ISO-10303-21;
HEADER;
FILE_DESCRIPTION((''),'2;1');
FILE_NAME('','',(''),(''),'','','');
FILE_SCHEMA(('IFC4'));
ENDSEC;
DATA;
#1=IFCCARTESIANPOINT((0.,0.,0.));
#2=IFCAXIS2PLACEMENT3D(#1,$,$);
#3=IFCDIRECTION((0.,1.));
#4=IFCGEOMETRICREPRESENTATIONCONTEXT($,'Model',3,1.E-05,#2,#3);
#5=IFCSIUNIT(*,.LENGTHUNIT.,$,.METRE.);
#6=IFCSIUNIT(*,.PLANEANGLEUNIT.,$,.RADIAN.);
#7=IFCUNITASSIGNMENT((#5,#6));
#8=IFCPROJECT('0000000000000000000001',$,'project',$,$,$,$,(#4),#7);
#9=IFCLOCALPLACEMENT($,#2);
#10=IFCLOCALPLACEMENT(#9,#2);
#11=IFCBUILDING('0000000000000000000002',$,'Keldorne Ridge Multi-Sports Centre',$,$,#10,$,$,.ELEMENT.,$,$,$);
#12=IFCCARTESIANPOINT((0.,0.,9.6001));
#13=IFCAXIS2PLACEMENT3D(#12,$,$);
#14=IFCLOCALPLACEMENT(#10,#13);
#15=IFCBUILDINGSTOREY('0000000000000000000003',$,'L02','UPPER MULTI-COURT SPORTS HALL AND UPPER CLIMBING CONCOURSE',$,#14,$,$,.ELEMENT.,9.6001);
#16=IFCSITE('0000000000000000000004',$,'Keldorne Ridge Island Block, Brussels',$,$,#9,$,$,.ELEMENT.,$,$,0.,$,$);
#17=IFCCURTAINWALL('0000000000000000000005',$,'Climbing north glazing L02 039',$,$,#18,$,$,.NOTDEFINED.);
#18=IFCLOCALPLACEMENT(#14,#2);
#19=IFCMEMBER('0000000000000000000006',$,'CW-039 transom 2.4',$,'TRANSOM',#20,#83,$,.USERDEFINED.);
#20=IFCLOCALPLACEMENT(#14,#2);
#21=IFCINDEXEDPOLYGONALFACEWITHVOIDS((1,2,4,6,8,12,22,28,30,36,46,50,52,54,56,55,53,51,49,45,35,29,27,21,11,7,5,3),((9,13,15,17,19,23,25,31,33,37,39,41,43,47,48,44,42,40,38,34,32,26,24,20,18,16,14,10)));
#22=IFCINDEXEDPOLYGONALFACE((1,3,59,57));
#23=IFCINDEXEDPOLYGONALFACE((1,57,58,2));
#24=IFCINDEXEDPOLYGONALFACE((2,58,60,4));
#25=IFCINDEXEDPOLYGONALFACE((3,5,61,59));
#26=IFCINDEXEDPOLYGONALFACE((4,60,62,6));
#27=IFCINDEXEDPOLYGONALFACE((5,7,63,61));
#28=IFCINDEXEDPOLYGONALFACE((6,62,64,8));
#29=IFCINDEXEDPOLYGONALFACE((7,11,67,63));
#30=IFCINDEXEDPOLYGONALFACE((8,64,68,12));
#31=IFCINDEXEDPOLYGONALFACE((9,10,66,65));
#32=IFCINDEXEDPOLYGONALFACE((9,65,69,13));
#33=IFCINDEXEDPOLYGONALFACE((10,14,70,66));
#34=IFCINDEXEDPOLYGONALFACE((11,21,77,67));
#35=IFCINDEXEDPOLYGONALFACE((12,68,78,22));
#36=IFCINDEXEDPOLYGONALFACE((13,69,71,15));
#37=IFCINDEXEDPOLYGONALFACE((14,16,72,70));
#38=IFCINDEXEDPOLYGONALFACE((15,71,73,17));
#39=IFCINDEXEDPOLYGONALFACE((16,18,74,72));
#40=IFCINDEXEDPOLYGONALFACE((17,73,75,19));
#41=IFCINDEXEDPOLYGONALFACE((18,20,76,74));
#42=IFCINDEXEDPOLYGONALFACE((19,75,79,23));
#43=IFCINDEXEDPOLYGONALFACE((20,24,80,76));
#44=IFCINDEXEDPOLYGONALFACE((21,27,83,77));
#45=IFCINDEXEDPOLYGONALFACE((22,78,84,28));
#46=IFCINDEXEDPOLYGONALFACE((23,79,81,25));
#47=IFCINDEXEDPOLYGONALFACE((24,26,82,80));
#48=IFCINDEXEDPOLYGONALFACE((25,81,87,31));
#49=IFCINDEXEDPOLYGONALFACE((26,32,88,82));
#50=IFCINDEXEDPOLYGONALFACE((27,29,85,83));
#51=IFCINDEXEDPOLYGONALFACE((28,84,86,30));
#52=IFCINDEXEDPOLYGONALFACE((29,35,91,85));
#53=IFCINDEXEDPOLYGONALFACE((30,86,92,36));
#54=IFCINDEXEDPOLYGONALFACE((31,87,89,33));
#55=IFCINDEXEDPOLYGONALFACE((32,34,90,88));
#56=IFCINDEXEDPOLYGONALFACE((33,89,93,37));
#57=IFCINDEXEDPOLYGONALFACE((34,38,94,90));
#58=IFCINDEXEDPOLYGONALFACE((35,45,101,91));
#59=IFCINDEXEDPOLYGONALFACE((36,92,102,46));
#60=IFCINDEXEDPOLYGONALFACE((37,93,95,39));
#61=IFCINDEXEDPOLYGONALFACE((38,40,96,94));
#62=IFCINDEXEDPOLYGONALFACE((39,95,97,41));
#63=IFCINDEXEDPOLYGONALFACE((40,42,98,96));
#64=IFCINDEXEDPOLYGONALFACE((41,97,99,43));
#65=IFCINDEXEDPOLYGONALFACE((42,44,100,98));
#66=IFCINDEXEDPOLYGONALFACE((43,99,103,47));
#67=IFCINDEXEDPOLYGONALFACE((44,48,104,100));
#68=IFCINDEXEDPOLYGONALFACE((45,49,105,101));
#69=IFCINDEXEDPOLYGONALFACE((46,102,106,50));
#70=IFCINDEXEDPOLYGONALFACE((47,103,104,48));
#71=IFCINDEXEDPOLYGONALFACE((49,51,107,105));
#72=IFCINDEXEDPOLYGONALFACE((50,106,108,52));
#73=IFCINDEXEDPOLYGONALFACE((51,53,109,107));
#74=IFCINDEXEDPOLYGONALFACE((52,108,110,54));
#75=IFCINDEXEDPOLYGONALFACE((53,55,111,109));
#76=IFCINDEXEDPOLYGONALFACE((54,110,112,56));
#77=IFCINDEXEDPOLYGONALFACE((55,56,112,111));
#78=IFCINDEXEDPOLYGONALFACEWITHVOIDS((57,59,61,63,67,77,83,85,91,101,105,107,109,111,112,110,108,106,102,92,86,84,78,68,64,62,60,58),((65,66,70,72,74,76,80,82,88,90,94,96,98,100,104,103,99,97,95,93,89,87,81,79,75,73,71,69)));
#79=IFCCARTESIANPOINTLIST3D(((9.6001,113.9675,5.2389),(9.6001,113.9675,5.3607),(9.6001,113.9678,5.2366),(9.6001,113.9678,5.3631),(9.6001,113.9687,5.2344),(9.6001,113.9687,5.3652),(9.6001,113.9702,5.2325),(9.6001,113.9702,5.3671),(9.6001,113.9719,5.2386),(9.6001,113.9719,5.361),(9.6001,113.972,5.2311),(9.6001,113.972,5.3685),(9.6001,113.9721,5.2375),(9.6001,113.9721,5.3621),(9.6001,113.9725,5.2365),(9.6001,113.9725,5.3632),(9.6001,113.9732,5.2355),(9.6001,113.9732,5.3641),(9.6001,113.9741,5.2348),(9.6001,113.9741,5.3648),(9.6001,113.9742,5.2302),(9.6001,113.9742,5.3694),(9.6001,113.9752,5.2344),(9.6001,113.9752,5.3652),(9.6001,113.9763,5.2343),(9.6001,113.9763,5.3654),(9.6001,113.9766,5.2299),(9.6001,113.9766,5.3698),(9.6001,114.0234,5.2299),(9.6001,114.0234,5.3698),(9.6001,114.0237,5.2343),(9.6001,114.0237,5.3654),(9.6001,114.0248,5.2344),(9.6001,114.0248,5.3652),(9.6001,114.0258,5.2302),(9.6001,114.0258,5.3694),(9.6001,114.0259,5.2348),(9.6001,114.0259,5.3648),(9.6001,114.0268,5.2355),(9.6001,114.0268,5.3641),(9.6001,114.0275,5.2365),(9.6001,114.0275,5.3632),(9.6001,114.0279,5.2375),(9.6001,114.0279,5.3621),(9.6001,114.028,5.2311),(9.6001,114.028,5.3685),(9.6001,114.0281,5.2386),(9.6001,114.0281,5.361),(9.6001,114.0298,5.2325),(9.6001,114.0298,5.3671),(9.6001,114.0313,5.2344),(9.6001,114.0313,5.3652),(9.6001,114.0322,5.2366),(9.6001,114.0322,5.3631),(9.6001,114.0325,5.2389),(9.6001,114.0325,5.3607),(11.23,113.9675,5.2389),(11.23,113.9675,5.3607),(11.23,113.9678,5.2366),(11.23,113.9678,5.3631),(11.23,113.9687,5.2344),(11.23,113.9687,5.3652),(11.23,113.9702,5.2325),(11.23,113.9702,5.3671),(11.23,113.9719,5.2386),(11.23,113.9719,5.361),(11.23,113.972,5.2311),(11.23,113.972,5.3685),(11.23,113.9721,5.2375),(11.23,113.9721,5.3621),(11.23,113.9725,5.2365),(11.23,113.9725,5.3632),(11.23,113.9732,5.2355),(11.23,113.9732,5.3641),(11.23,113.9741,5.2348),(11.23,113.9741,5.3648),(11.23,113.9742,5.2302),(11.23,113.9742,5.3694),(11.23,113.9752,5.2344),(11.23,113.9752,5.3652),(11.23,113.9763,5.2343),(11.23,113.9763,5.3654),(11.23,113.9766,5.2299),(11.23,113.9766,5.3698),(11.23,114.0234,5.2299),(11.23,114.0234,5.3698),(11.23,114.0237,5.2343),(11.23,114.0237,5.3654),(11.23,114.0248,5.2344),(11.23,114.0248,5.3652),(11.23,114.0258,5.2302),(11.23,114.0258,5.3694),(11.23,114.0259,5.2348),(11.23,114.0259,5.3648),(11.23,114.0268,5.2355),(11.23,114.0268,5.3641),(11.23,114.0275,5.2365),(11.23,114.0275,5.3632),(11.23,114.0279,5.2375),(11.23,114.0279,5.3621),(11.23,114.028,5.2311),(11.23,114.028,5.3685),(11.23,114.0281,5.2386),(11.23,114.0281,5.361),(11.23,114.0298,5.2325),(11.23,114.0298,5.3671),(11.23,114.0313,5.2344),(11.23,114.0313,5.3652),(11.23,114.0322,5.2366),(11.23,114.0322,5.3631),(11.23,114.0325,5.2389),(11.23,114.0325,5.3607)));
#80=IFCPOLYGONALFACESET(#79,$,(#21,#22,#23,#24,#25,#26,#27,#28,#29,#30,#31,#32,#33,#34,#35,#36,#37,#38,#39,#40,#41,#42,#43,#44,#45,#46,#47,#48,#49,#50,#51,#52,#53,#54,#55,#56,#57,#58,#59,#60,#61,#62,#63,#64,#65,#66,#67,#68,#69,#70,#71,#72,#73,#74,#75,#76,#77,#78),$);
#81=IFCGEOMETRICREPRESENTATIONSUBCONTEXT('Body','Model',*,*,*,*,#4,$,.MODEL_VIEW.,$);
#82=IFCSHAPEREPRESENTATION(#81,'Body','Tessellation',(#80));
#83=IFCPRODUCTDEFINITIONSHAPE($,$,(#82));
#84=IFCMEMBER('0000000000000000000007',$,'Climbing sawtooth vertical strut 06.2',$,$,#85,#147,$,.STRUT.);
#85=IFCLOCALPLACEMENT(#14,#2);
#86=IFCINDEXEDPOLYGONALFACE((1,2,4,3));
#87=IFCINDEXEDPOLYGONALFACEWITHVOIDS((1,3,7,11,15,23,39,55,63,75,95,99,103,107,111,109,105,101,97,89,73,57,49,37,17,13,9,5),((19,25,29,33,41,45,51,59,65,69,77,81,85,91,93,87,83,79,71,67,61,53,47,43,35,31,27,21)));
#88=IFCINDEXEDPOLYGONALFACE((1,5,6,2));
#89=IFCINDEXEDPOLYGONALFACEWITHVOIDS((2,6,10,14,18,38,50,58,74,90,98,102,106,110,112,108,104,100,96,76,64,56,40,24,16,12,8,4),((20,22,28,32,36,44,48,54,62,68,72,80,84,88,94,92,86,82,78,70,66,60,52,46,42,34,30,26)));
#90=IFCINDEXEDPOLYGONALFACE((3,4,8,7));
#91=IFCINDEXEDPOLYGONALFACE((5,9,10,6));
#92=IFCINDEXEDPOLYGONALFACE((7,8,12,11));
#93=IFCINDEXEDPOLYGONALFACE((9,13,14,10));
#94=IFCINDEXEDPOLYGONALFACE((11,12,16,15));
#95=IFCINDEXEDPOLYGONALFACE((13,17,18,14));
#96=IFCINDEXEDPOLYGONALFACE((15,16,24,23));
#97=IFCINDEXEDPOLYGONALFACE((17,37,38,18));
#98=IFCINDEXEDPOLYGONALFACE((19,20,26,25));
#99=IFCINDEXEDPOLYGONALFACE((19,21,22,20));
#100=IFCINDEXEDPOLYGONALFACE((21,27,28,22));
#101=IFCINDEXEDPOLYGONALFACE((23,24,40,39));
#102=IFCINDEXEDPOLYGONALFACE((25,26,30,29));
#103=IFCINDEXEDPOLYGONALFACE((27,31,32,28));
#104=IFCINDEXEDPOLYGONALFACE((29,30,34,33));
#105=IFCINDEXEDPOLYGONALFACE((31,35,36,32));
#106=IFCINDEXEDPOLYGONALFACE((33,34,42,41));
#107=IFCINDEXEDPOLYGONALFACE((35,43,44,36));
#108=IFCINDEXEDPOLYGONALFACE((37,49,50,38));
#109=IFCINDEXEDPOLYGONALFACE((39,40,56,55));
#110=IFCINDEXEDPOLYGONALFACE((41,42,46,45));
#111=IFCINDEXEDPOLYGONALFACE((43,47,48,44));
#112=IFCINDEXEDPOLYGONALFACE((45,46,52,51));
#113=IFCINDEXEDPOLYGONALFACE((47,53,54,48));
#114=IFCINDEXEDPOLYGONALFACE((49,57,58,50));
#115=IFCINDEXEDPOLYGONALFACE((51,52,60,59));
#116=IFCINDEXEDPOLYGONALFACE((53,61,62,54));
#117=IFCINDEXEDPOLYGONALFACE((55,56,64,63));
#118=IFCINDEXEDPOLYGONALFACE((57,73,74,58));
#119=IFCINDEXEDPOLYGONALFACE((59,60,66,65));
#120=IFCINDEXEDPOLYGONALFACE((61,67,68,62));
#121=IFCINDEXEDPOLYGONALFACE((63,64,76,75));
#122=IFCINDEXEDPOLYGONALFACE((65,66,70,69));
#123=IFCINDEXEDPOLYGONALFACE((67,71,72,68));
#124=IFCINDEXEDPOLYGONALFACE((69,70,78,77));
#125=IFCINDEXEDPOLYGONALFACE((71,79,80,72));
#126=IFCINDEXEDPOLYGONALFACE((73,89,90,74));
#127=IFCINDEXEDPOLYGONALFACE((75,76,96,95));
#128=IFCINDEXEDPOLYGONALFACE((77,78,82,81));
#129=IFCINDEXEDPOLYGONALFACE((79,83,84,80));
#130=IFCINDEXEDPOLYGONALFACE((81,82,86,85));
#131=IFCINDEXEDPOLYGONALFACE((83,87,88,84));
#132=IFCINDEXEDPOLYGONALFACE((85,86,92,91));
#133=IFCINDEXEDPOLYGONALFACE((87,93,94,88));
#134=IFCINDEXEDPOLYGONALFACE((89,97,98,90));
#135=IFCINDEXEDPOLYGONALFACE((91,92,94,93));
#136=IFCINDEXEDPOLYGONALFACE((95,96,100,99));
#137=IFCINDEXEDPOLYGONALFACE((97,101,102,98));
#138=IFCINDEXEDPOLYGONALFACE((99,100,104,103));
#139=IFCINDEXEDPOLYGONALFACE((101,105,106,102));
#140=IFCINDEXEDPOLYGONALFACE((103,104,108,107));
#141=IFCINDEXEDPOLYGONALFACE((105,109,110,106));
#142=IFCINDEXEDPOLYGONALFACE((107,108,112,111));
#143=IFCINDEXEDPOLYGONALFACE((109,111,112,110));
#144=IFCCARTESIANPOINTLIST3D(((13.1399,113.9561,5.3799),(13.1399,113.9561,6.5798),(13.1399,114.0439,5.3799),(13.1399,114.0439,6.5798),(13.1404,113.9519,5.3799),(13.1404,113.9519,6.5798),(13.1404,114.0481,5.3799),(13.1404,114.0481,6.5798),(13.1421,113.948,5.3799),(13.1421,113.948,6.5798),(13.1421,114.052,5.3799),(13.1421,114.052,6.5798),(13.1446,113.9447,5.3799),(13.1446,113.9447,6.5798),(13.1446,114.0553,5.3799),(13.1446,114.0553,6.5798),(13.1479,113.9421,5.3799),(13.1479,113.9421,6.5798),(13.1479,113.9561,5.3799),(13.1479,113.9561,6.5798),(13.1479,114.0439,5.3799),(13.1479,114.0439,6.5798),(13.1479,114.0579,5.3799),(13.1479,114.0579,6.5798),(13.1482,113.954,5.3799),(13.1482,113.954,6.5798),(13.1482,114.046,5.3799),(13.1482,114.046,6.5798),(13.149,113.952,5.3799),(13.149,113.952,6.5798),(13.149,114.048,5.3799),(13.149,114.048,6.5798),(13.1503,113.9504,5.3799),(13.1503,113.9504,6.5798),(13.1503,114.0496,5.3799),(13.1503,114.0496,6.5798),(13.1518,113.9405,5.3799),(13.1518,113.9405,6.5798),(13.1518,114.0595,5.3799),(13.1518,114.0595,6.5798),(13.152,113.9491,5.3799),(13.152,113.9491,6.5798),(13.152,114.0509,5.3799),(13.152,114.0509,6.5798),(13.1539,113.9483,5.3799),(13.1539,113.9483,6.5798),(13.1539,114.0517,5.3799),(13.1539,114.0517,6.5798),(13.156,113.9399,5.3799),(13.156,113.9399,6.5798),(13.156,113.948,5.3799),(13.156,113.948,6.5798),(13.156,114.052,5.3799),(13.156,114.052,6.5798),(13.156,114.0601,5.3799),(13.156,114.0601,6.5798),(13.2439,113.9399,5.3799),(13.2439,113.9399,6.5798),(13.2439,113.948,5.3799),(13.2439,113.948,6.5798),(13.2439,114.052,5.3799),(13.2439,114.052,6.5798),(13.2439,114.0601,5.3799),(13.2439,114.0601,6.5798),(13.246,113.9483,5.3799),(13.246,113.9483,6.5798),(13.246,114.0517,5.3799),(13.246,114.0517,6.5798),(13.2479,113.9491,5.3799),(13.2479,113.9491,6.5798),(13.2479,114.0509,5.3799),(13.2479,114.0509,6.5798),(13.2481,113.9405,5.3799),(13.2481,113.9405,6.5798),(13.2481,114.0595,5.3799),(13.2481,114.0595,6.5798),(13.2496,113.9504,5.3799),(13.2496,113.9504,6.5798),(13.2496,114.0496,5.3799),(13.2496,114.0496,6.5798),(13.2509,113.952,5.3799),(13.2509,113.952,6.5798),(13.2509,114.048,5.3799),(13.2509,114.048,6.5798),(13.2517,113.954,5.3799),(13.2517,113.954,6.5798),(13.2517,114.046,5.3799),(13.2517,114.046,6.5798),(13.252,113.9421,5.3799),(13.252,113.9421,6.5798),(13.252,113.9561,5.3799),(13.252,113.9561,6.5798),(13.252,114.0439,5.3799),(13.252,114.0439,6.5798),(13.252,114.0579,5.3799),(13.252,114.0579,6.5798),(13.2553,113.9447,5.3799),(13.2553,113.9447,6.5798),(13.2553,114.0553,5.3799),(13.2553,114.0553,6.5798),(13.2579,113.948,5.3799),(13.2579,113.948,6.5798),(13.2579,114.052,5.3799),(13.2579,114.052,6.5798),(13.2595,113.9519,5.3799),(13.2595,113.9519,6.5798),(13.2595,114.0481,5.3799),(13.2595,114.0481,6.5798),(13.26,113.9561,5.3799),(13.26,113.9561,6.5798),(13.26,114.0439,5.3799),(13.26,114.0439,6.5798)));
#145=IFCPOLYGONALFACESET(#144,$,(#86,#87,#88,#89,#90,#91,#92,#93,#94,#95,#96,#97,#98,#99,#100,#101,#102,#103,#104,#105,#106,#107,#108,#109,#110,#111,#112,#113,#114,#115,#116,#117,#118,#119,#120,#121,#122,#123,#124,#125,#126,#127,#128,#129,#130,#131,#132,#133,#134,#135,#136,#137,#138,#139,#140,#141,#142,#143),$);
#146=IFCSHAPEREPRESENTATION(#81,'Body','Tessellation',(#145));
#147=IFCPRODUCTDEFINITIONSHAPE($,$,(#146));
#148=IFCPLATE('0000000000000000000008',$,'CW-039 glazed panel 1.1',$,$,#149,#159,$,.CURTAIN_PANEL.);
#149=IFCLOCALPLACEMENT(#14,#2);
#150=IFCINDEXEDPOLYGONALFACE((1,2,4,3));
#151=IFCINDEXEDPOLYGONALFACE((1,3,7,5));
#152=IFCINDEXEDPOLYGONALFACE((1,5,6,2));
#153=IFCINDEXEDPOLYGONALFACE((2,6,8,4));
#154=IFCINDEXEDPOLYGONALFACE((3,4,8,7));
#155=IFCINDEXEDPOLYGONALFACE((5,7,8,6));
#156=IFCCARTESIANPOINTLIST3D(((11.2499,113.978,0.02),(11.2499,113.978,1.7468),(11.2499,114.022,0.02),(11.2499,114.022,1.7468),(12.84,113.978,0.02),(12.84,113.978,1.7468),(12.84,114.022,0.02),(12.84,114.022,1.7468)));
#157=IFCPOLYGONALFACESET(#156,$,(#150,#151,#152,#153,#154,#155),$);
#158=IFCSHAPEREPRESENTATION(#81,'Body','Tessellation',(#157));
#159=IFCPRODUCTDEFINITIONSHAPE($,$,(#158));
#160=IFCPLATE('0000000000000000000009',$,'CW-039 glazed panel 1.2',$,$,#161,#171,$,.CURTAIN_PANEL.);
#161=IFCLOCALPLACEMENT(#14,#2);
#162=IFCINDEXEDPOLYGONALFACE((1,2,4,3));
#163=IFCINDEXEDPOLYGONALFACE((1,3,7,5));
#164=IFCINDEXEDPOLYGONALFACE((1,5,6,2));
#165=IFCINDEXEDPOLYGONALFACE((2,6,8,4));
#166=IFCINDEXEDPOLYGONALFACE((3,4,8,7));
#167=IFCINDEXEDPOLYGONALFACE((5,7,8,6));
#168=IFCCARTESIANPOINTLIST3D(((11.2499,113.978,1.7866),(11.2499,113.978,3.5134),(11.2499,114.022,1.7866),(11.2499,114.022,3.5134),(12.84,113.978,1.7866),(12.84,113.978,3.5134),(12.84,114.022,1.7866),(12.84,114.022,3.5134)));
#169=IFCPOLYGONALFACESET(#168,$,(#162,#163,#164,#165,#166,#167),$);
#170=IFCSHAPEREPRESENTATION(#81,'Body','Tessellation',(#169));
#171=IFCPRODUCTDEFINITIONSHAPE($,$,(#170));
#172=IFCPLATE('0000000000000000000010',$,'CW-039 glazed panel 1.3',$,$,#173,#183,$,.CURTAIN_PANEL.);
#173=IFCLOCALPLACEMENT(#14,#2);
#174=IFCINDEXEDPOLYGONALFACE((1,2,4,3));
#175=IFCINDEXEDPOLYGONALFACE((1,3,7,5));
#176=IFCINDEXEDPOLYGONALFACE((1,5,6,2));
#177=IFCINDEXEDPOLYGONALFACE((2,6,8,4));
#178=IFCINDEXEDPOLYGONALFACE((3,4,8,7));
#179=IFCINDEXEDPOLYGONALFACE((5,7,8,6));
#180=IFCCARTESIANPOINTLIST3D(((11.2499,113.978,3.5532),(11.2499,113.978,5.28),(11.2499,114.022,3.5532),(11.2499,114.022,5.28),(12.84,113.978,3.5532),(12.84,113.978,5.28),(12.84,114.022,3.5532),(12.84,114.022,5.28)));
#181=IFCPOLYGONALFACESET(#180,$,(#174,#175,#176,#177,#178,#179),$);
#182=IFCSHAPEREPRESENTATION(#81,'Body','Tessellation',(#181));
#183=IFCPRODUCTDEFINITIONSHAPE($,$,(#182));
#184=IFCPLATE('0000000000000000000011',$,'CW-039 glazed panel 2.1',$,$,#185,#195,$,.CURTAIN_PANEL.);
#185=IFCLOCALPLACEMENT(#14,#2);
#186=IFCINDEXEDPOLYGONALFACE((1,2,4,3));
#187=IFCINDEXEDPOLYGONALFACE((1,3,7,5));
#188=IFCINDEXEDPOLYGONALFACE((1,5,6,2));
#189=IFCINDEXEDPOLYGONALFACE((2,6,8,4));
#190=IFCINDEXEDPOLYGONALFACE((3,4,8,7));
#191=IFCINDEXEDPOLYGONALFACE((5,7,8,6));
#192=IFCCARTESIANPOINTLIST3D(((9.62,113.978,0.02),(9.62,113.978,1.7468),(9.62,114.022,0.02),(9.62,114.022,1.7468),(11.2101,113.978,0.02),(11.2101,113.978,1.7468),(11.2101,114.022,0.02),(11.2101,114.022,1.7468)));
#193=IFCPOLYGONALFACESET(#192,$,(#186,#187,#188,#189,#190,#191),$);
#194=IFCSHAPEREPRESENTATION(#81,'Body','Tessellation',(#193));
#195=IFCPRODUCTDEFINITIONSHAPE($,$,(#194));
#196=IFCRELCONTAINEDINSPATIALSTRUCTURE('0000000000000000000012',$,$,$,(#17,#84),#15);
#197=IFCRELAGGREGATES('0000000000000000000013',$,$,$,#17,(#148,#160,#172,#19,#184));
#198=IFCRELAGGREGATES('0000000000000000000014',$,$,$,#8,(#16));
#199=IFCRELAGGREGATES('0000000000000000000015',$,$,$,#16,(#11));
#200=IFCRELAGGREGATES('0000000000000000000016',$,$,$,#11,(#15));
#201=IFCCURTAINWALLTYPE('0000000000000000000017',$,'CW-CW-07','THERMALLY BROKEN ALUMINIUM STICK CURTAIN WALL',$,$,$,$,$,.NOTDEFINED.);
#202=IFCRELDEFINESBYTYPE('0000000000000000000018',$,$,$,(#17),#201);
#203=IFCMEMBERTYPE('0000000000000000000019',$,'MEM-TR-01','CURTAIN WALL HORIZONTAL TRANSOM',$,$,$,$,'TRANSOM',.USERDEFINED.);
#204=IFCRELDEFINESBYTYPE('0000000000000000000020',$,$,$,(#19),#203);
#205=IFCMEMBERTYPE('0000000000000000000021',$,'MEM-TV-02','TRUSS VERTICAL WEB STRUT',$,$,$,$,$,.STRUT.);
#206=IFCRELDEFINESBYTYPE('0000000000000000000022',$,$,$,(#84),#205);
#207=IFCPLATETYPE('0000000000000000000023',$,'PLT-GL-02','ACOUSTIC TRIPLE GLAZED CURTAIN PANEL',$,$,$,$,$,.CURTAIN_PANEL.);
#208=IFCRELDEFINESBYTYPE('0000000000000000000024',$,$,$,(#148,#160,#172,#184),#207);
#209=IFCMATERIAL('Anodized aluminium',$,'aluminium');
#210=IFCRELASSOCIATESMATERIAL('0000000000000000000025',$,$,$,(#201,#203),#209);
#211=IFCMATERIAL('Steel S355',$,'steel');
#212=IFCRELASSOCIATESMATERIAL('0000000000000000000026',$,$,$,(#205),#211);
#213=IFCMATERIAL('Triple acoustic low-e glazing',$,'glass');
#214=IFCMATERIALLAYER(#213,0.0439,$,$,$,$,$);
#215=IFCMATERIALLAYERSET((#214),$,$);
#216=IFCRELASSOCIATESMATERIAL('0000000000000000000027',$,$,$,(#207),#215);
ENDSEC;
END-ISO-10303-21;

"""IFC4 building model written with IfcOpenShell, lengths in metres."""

from ifc_helpers import new_model, si_unit, direction, frame, origin, origin_2d, place, context, subcontext, project, spatial, rectangle, hollow_rectangle, extrude, material, layer, layer_set, material_profile, profile_set, type_object, element, aggregate, save


model = new_model("IFC4")

# Units and contexts
model_context = context("Model", 3, precision=1e-05, world=origin(), true_north=direction((0.0, 1.0)))
body_context = subcontext(model_context, "Body", "Model", "MODEL_VIEW")
ifc_project = project(units=[si_unit("LENGTHUNIT", "METRE"), si_unit("PLANEANGLEUNIT", "RADIAN")], contexts=[model_context])

# Site, building, storey
site_placement = place(None, origin())
site = spatial("IfcSite", under=ifc_project, at=site_placement, Name="Keldorne Ridge Island Block, Brussels", CompositionType="ELEMENT", RefElevation=0.0)
building_placement = place(site_placement, origin())
building = spatial("IfcBuilding", under=site, at=building_placement, Name="Keldorne Ridge Multi-Sports Centre", CompositionType="ELEMENT")
storey_placement = place(building_placement, frame((0.0, 0.0, 9.6001)))
storey = spatial("IfcBuildingStorey", under=building, at=storey_placement, Name="L02", Description="UPPER MULTI-COURT SPORTS HALL AND UPPER CLIMBING CONCOURSE", CompositionType="ELEMENT", Elevation=9.6001)

# Shared definitions
ifc_material_1 = material(Name="Steel S355", Category="steel")

# Curtain wall
ifc_material_2 = material(Name="Anodized aluminium", Category="aluminium")
curtain_wall_type = type_object("IfcCurtainWallType", Name="CW-CW-07", Description="THERMALLY BROKEN ALUMINIUM STICK CURTAIN WALL", PredefinedType="NOTDEFINED", material=ifc_material_2)
curtain_wall_placement = place(storey_placement, origin())
curtain_wall = element("IfcCurtainWall", 1, at=curtain_wall_placement, inside=storey, type_object=curtain_wall_type, Name="Climbing north glazing L02 039", PredefinedType="NOTDEFINED")

# Members
ifc_material_profile_1 = material_profile(ifc_material_2, hollow_rectangle(XDim=0.0649, YDim=0.1399, WallThickness=0.0044, InnerFilletRadius=0.0044, OuterFilletRadius=0.009, at=origin_2d()), Name="ALU TRANSOM 140x65x4.5")
ifc_profile_set_1 = profile_set([ifc_material_profile_1], Name="Anodized aluminium")
member_type_1 = type_object("IfcMemberType", Name="MEM-TR-01", Description="CURTAIN WALL HORIZONTAL TRANSOM", ElementType="TRANSOM", PredefinedType="USERDEFINED", material=ifc_profile_set_1)
member_1_placement = place(storey_placement, frame((11.23, 114.0, 5.2998), z_axis=(-1.0, 0.0, 0.0), x_axis=(0.0, -1.0, 0.0)))
member_1 = element("IfcMember", 2, at=member_1_placement, type_object=member_type_1, Name="CW-039 transom 2.4", ObjectType="TRANSOM", PredefinedType="USERDEFINED", context=body_context, shape_type="SweptSolid", body=[
    extrude(hollow_rectangle(XDim=0.0649, YDim=0.1399, WallThickness=0.0044, InnerFilletRadius=0.0044, OuterFilletRadius=0.009, at=origin_2d()), origin(), (0.0, 0.0, 1.0), 1.6299),
])
ifc_material_profile_2 = material_profile(ifc_material_1, hollow_rectangle(XDim=0.1201, YDim=0.1201, WallThickness=0.0081, InnerFilletRadius=0.0081, OuterFilletRadius=0.0161, at=origin_2d()), Name="SHS 120x120x8")
ifc_profile_set_2 = profile_set([ifc_material_profile_2], Name="Steel S355")
member_type_2 = type_object("IfcMemberType", Name="MEM-TV-02", Description="TRUSS VERTICAL WEB STRUT", PredefinedType="STRUT", material=ifc_profile_set_2)
member_2_placement = place(storey_placement, frame((13.2, 114.0, 5.3799), z_axis=(0.0, 0.0, 1.0), x_axis=(1.0, 0.0, 0.0)))
element("IfcMember", 3, at=member_2_placement, inside=storey, type_object=member_type_2, Name="Climbing sawtooth vertical strut 06.2", PredefinedType="STRUT", context=body_context, shape_type="SweptSolid", body=[
    extrude(hollow_rectangle(XDim=0.1201, YDim=0.1201, WallThickness=0.0081, InnerFilletRadius=0.0081, OuterFilletRadius=0.0161, at=origin_2d()), origin(), (0.0, 0.0, 1.0), 1.2),
])

# Plates
ifc_material_3 = material(Name="Triple acoustic low-e glazing", Category="glass")
ifc_layer = layer(ifc_material_3, 0.0439)
ifc_layer_set = layer_set([ifc_layer])
plate_type = type_object("IfcPlateType", Name="PLT-GL-02", Description="ACOUSTIC TRIPLE GLAZED CURTAIN PANEL", PredefinedType="CURTAIN_PANEL", material=ifc_layer_set)
plate_1_placement = place(storey_placement, frame((12.0449, 114.0, 0.02), z_axis=(0.0, 0.0, 1.0), x_axis=(-1.0, 0.0, 0.0)))
plate_1 = element("IfcPlate", 4, at=plate_1_placement, type_object=plate_type, Name="CW-039 glazed panel 1.1", PredefinedType="CURTAIN_PANEL", context=body_context, shape_type="SweptSolid", body=[
    extrude(rectangle(XDim=1.5901, YDim=0.0439, at=origin_2d()), origin(), (0.0, 0.0, 1.0), 1.7268),
])
plate_2_placement = place(storey_placement, frame((12.0449, 114.0, 1.7866), z_axis=(0.0, 0.0, 1.0), x_axis=(-1.0, 0.0, 0.0)))
plate_2 = element("IfcPlate", 5, at=plate_2_placement, type_object=plate_type, Name="CW-039 glazed panel 1.2", PredefinedType="CURTAIN_PANEL", context=body_context, shape_type="SweptSolid", body=[
    extrude(rectangle(XDim=1.5901, YDim=0.0439, at=origin_2d()), origin(), (0.0, 0.0, 1.0), 1.7268),
])
plate_3_placement = place(storey_placement, frame((12.0449, 114.0, 3.5532), z_axis=(0.0, 0.0, 1.0), x_axis=(-1.0, 0.0, 0.0)))
plate_3 = element("IfcPlate", 6, at=plate_3_placement, type_object=plate_type, Name="CW-039 glazed panel 1.3", PredefinedType="CURTAIN_PANEL", context=body_context, shape_type="SweptSolid", body=[
    extrude(rectangle(XDim=1.5901, YDim=0.0439, at=origin_2d()), origin(), (0.0, 0.0, 1.0), 1.7268),
])
plate_4_placement = place(storey_placement, frame((10.415, 114.0, 0.02), z_axis=(0.0, 0.0, 1.0), x_axis=(-1.0, 0.0, 0.0)))
plate_4 = element("IfcPlate", 7, at=plate_4_placement, type_object=plate_type, Name="CW-039 glazed panel 2.1", PredefinedType="CURTAIN_PANEL", context=body_context, shape_type="SweptSolid", body=[
    extrude(rectangle(XDim=1.5901, YDim=0.0439, at=origin_2d()), origin(), (0.0, 0.0, 1.0), 1.7268),
])
aggregate(curtain_wall, [plate_1, plate_2, plate_3, member_1, plate_4])

save(model, "model.ifc")
